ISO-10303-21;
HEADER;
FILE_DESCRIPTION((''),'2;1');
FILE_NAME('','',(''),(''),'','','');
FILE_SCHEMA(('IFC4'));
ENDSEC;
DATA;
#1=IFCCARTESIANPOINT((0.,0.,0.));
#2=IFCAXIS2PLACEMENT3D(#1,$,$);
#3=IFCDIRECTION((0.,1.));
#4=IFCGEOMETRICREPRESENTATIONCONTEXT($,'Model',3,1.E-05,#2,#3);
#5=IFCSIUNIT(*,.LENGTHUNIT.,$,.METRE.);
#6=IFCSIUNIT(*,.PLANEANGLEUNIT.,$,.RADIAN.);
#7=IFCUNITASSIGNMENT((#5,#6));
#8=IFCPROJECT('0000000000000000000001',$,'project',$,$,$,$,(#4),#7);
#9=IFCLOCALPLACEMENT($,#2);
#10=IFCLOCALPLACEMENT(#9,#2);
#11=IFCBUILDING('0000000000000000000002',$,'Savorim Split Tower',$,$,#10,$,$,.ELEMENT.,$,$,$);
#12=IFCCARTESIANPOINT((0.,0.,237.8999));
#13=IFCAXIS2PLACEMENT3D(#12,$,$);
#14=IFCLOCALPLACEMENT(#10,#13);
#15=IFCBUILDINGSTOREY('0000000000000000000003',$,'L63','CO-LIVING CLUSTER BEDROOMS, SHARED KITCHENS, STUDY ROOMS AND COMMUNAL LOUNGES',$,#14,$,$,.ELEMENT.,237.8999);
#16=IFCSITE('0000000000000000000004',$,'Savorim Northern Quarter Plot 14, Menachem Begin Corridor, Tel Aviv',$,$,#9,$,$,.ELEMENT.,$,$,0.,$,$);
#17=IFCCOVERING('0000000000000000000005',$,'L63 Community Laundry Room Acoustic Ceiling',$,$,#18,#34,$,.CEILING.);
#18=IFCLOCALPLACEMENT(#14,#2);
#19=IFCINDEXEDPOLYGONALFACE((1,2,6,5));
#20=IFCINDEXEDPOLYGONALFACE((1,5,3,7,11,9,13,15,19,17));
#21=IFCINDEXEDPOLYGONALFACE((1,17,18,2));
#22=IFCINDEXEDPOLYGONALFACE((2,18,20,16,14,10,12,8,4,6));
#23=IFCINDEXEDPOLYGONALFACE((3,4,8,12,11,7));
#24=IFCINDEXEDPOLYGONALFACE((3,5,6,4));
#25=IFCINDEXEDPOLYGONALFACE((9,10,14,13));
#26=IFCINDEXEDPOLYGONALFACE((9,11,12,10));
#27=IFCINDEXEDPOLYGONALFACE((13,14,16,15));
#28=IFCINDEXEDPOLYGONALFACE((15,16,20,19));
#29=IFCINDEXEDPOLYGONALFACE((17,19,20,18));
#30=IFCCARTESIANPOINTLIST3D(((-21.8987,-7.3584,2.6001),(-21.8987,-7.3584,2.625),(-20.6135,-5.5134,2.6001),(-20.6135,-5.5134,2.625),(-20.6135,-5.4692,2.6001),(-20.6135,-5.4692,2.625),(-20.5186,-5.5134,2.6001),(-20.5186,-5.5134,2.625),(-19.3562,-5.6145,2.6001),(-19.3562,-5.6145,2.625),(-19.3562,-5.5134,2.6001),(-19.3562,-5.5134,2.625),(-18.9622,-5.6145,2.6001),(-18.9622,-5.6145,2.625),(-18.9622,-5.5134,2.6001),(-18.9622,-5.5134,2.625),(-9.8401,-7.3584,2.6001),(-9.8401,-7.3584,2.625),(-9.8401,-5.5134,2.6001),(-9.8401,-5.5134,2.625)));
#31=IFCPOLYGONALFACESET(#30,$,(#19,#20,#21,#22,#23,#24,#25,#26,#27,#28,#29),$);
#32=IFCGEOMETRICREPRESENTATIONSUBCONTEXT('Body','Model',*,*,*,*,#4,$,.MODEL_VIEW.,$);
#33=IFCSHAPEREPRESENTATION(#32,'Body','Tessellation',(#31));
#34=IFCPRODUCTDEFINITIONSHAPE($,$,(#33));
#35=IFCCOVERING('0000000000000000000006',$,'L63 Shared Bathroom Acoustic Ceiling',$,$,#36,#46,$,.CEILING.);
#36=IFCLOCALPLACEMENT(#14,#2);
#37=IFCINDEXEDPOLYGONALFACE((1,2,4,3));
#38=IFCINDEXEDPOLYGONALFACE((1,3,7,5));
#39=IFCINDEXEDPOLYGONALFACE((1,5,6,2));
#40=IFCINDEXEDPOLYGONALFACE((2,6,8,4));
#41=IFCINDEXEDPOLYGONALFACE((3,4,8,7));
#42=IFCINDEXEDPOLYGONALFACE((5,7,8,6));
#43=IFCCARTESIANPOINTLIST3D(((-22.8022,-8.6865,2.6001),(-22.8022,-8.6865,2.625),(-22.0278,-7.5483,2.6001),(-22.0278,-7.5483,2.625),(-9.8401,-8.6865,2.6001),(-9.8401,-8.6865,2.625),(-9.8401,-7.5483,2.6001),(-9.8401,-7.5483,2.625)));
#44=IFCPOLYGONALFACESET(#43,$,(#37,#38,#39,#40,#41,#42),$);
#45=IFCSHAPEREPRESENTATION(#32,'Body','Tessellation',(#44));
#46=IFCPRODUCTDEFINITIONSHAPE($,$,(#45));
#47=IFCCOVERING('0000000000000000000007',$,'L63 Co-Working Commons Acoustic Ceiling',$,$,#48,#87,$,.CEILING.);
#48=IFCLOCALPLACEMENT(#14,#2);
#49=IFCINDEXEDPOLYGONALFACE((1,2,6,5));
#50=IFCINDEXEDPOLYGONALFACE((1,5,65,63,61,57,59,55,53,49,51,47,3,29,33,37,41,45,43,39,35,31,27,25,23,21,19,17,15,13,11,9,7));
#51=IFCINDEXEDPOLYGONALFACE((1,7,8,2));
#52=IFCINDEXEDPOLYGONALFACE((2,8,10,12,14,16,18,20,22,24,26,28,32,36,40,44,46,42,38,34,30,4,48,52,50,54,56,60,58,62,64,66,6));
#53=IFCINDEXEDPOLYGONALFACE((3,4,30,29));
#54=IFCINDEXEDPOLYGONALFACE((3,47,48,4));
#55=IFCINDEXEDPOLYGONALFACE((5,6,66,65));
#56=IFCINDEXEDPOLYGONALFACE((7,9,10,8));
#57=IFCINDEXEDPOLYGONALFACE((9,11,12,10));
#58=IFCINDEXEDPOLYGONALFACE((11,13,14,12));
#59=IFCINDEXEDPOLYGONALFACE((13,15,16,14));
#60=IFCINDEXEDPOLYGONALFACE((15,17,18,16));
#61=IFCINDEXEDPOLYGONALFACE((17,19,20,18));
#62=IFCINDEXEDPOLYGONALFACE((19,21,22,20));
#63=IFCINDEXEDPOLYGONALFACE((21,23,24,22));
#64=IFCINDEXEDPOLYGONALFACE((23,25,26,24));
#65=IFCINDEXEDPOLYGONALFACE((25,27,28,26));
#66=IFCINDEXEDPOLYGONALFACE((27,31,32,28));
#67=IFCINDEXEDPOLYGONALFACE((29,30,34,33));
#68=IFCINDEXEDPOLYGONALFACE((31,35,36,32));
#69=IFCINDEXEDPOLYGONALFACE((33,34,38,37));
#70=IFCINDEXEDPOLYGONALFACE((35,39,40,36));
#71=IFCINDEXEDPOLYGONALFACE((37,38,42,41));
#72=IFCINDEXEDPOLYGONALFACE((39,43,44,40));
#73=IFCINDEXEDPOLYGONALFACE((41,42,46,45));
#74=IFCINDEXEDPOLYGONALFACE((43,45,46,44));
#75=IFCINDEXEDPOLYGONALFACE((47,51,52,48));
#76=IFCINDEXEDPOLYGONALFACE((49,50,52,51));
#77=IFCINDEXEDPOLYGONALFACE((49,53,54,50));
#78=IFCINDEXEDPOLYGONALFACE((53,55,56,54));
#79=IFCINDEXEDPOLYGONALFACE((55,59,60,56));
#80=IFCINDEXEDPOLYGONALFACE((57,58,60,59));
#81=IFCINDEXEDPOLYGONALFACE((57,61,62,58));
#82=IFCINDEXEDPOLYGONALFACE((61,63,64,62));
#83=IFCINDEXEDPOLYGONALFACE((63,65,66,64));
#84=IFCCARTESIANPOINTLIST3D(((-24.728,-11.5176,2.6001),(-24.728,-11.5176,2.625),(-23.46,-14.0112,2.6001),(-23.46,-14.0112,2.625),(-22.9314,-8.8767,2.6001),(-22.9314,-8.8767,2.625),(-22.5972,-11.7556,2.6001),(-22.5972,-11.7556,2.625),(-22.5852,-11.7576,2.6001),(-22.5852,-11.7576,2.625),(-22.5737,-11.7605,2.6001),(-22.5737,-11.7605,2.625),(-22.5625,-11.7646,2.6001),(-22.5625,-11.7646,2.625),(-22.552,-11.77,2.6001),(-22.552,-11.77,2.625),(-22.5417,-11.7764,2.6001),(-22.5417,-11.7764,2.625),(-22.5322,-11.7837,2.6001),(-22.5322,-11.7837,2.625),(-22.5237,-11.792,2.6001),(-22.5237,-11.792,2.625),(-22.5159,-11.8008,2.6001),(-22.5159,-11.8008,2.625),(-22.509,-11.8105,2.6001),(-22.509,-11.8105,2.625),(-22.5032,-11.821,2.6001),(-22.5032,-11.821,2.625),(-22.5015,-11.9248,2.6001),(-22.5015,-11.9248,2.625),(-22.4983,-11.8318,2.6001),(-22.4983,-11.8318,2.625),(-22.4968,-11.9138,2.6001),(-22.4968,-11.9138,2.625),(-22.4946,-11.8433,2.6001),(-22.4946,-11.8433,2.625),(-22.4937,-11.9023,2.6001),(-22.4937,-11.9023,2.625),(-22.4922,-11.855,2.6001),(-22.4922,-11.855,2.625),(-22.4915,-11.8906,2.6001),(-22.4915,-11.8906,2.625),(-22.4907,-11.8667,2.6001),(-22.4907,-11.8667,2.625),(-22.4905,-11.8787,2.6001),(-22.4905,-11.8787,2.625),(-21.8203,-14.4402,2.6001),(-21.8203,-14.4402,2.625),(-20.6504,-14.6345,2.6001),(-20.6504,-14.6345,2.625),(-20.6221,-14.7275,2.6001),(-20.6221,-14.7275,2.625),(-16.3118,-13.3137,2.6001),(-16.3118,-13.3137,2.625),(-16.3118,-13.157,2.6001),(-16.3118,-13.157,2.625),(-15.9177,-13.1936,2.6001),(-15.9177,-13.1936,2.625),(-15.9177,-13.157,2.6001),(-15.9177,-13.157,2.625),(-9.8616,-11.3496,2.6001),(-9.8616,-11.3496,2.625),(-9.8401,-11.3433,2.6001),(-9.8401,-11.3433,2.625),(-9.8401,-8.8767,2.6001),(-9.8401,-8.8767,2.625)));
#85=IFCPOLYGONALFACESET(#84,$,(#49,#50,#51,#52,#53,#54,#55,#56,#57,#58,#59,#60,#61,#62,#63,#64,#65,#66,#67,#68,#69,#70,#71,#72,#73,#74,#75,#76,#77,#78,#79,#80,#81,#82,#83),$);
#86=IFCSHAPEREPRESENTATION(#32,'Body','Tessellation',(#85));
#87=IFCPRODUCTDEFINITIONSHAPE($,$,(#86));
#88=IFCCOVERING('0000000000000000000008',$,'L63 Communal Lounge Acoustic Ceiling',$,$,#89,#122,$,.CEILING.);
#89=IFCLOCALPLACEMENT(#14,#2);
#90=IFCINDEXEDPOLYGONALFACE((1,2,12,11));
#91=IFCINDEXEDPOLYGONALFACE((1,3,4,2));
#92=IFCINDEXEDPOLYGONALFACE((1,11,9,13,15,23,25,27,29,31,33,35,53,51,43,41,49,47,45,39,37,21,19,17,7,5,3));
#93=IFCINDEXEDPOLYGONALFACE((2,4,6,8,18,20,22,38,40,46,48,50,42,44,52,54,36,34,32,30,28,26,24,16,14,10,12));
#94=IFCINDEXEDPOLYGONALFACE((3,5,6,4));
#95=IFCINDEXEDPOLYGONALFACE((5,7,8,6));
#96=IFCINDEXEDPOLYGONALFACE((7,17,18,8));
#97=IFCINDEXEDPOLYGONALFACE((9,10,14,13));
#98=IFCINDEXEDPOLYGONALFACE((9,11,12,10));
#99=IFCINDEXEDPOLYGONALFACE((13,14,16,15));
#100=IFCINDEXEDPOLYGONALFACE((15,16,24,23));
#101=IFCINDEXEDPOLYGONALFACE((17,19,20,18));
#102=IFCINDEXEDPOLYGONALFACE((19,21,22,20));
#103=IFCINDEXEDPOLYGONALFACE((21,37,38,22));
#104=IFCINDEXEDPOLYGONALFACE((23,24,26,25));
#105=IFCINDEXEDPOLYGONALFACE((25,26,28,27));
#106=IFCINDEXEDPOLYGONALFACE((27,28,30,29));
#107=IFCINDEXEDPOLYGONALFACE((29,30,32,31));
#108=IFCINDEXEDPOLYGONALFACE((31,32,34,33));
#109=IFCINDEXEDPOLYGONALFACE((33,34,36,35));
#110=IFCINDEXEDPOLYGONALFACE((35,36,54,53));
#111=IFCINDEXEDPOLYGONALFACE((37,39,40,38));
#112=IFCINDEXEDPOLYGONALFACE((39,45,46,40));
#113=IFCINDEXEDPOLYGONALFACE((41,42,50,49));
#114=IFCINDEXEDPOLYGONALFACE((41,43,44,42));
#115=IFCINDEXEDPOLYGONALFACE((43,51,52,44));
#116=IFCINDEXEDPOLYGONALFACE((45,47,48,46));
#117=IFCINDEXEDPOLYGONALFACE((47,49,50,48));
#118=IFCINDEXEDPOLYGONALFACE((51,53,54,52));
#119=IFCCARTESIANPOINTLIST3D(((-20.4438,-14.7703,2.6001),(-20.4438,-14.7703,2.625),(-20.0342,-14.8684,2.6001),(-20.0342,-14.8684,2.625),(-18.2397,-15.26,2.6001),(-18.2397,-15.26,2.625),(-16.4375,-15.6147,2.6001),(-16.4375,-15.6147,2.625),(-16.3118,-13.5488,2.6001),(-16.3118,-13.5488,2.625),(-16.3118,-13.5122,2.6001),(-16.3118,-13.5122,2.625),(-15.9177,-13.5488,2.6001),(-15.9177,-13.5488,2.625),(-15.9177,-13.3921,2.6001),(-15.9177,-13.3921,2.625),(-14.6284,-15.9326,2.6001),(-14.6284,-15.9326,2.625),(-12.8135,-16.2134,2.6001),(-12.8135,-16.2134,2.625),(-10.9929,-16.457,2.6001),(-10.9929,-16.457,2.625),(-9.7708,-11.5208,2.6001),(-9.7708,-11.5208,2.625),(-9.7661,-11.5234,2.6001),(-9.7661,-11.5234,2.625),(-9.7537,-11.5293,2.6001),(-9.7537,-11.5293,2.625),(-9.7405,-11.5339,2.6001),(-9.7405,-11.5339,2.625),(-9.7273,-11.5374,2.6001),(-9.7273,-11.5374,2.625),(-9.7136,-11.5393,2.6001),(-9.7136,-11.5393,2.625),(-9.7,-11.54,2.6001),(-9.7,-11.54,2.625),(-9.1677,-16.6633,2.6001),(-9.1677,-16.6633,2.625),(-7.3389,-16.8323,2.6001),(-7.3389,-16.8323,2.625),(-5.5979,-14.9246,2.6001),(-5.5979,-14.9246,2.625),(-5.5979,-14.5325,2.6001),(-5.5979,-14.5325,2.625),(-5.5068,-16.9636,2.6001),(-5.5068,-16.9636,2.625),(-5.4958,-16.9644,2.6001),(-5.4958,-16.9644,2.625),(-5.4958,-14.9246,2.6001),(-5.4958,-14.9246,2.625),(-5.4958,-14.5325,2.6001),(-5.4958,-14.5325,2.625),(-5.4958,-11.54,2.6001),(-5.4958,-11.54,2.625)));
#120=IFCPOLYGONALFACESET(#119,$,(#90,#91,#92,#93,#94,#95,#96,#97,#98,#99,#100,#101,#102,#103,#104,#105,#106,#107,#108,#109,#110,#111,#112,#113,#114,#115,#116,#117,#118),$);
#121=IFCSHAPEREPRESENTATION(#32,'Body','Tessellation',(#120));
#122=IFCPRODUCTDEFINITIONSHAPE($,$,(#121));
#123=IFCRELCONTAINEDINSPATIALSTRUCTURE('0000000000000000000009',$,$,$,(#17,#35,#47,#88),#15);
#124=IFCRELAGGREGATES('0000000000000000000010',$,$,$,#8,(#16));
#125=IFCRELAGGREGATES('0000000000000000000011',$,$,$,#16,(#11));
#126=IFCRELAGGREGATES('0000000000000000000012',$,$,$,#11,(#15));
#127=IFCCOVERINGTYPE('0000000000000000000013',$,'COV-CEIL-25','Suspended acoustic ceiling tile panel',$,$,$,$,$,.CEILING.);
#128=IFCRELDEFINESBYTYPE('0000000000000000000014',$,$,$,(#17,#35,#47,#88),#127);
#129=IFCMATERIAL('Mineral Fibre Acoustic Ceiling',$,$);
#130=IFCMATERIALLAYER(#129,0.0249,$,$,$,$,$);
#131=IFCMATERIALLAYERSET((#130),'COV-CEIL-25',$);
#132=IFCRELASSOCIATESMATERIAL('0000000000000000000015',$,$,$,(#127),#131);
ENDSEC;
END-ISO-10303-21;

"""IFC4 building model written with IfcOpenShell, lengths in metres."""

from ifc_helpers import new_model, si_unit, direction, frame, origin, place, context, subcontext, project, spatial, polyline, outline, extrude, material, layer, layer_set, type_object, element, save


model = new_model("IFC4")

# Units and contexts
model_context = context("Model", 3, precision=1e-05, world=origin(), true_north=direction((0.0, 1.0)))
body_context = subcontext(model_context, "Body", "Model", "MODEL_VIEW")
ifc_project = project(units=[si_unit("LENGTHUNIT", "METRE"), si_unit("PLANEANGLEUNIT", "RADIAN")], contexts=[model_context])

# Site, building, storey
site_placement = place(None, origin())
site = spatial("IfcSite", under=ifc_project, at=site_placement, Name="Savorim Northern Quarter Plot 14, Menachem Begin Corridor, Tel Aviv", CompositionType="ELEMENT", RefElevation=0.0)
building_placement = place(site_placement, origin())
building = spatial("IfcBuilding", under=site, at=building_placement, Name="Savorim Split Tower", CompositionType="ELEMENT")
storey_placement = place(building_placement, frame((0.0, 0.0, 237.8999)))
storey = spatial("IfcBuildingStorey", under=building, at=storey_placement, Name="L63", Description="CO-LIVING CLUSTER BEDROOMS, SHARED KITCHENS, STUDY ROOMS AND COMMUNAL LOUNGES", CompositionType="ELEMENT", Elevation=237.8999)

# Coverings
ifc_material_1 = material(Name="Mineral Fibre Acoustic Ceiling")
ifc_layer_1 = layer(ifc_material_1, 0.0249)
ifc_layer_set_1 = layer_set([ifc_layer_1], Name="COV-CEIL-25")
covering_type_1 = type_object("IfcCoveringType", Name="COV-CEIL-25", Description="Suspended acoustic ceiling tile panel", PredefinedType="CEILING", material=ifc_layer_set_1)
covering_1_placement = place(storey_placement, frame((0.0, 0.0, 2.6001)))
element("IfcCovering", 1, at=covering_1_placement, inside=storey, type_object=covering_type_1, Name="L63 Community Laundry Room Acoustic Ceiling", PredefinedType="CEILING", context=body_context, shape_type="SweptSolid", body=[
    extrude(outline(polyline([(-20.5186, -5.5134), (-20.6135, -5.5134), (-20.6135, -5.4692), (-21.8987, -7.3584), (-9.8401, -7.3584), (-9.8401, -5.5134), (-18.9622, -5.5134), (-18.9622, -5.6145), (-19.3562, -5.6145), (-19.3562, -5.5134), (-20.5186, -5.5134)])), origin(), (0.0, 0.0, 1.0), 0.0249),
])
covering_2_placement = place(storey_placement, frame((0.0, 0.0, 2.6001)))
element("IfcCovering", 2, at=covering_2_placement, inside=storey, type_object=covering_type_1, Name="L63 Shared Bathroom Acoustic Ceiling", PredefinedType="CEILING", context=body_context, shape_type="SweptSolid", body=[
    extrude(outline(polyline([(-9.8401, -8.6865), (-9.8401, -7.5483), (-22.0278, -7.5483), (-22.8022, -8.6865), (-9.8401, -8.6865)])), origin(), (0.0, 0.0, 1.0), 0.0249),
])
covering_3_placement = place(storey_placement, frame((0.0, 0.0, 2.6001)))
element("IfcCovering", 3, at=covering_3_placement, inside=storey, type_object=covering_type_1, Name="L63 Co-Working Commons Acoustic Ceiling", PredefinedType="CEILING", context=body_context, shape_type="SweptSolid", body=[
    extrude(outline(polyline([(-22.4907, -11.8667), (-22.4905, -11.8787), (-22.4915, -11.8906), (-22.4937, -11.9023), (-22.4968, -11.9138), (-22.5015, -11.9248), (-23.46, -14.0112), (-21.8203, -14.4402), (-20.6221, -14.7275), (-20.6504, -14.6345), (-16.3118, -13.3137), (-16.3118, -13.157), (-15.9177, -13.157), (-15.9177, -13.1936), (-9.8616, -11.3496), (-9.8401, -11.3433), (-9.8401, -8.8767), (-22.9314, -8.8767), (-24.728, -11.5176), (-22.5972, -11.7556), (-22.5852, -11.7576), (-22.5737, -11.7605), (-22.5625, -11.7646), (-22.552, -11.77), (-22.5417, -11.7764), (-22.5322, -11.7837), (-22.5237, -11.792), (-22.5159, -11.8008), (-22.509, -11.8105), (-22.5032, -11.821), (-22.4983, -11.8318), (-22.4946, -11.8433), (-22.4922, -11.855), (-22.4907, -11.8667)])), origin(), (0.0, 0.0, 1.0), 0.0249),
])
covering_4_placement = place(storey_placement, frame((0.0, 0.0, 2.6001)))
element("IfcCovering", 4, at=covering_4_placement, inside=storey, type_object=covering_type_1, Name="L63 Communal Lounge Acoustic Ceiling", PredefinedType="CEILING", context=body_context, shape_type="SweptSolid", body=[
    extrude(outline(polyline([(-10.9929, -16.457), (-9.1677, -16.6633), (-7.3389, -16.8323), (-5.5068, -16.9636), (-5.4958, -16.9644), (-5.4958, -14.9246), (-5.5979, -14.9246), (-5.5979, -14.5325), (-5.4958, -14.5325), (-5.4958, -11.54), (-9.7, -11.54), (-9.7136, -11.5393), (-9.7273, -11.5374), (-9.7405, -11.5339), (-9.7537, -11.5293), (-9.7661, -11.5234), (-9.7708, -11.5208), (-15.9177, -13.3921), (-15.9177, -13.5488), (-16.3118, -13.5488), (-16.3118, -13.5122), (-20.4438, -14.7703), (-20.0342, -14.8684), (-18.2397, -15.26), (-16.4375, -15.6147), (-14.6284, -15.9326), (-12.8135, -16.2134), (-10.9929, -16.457)])), origin(), (0.0, 0.0, 1.0), 0.0249),
])

save(model, "model.ifc")
